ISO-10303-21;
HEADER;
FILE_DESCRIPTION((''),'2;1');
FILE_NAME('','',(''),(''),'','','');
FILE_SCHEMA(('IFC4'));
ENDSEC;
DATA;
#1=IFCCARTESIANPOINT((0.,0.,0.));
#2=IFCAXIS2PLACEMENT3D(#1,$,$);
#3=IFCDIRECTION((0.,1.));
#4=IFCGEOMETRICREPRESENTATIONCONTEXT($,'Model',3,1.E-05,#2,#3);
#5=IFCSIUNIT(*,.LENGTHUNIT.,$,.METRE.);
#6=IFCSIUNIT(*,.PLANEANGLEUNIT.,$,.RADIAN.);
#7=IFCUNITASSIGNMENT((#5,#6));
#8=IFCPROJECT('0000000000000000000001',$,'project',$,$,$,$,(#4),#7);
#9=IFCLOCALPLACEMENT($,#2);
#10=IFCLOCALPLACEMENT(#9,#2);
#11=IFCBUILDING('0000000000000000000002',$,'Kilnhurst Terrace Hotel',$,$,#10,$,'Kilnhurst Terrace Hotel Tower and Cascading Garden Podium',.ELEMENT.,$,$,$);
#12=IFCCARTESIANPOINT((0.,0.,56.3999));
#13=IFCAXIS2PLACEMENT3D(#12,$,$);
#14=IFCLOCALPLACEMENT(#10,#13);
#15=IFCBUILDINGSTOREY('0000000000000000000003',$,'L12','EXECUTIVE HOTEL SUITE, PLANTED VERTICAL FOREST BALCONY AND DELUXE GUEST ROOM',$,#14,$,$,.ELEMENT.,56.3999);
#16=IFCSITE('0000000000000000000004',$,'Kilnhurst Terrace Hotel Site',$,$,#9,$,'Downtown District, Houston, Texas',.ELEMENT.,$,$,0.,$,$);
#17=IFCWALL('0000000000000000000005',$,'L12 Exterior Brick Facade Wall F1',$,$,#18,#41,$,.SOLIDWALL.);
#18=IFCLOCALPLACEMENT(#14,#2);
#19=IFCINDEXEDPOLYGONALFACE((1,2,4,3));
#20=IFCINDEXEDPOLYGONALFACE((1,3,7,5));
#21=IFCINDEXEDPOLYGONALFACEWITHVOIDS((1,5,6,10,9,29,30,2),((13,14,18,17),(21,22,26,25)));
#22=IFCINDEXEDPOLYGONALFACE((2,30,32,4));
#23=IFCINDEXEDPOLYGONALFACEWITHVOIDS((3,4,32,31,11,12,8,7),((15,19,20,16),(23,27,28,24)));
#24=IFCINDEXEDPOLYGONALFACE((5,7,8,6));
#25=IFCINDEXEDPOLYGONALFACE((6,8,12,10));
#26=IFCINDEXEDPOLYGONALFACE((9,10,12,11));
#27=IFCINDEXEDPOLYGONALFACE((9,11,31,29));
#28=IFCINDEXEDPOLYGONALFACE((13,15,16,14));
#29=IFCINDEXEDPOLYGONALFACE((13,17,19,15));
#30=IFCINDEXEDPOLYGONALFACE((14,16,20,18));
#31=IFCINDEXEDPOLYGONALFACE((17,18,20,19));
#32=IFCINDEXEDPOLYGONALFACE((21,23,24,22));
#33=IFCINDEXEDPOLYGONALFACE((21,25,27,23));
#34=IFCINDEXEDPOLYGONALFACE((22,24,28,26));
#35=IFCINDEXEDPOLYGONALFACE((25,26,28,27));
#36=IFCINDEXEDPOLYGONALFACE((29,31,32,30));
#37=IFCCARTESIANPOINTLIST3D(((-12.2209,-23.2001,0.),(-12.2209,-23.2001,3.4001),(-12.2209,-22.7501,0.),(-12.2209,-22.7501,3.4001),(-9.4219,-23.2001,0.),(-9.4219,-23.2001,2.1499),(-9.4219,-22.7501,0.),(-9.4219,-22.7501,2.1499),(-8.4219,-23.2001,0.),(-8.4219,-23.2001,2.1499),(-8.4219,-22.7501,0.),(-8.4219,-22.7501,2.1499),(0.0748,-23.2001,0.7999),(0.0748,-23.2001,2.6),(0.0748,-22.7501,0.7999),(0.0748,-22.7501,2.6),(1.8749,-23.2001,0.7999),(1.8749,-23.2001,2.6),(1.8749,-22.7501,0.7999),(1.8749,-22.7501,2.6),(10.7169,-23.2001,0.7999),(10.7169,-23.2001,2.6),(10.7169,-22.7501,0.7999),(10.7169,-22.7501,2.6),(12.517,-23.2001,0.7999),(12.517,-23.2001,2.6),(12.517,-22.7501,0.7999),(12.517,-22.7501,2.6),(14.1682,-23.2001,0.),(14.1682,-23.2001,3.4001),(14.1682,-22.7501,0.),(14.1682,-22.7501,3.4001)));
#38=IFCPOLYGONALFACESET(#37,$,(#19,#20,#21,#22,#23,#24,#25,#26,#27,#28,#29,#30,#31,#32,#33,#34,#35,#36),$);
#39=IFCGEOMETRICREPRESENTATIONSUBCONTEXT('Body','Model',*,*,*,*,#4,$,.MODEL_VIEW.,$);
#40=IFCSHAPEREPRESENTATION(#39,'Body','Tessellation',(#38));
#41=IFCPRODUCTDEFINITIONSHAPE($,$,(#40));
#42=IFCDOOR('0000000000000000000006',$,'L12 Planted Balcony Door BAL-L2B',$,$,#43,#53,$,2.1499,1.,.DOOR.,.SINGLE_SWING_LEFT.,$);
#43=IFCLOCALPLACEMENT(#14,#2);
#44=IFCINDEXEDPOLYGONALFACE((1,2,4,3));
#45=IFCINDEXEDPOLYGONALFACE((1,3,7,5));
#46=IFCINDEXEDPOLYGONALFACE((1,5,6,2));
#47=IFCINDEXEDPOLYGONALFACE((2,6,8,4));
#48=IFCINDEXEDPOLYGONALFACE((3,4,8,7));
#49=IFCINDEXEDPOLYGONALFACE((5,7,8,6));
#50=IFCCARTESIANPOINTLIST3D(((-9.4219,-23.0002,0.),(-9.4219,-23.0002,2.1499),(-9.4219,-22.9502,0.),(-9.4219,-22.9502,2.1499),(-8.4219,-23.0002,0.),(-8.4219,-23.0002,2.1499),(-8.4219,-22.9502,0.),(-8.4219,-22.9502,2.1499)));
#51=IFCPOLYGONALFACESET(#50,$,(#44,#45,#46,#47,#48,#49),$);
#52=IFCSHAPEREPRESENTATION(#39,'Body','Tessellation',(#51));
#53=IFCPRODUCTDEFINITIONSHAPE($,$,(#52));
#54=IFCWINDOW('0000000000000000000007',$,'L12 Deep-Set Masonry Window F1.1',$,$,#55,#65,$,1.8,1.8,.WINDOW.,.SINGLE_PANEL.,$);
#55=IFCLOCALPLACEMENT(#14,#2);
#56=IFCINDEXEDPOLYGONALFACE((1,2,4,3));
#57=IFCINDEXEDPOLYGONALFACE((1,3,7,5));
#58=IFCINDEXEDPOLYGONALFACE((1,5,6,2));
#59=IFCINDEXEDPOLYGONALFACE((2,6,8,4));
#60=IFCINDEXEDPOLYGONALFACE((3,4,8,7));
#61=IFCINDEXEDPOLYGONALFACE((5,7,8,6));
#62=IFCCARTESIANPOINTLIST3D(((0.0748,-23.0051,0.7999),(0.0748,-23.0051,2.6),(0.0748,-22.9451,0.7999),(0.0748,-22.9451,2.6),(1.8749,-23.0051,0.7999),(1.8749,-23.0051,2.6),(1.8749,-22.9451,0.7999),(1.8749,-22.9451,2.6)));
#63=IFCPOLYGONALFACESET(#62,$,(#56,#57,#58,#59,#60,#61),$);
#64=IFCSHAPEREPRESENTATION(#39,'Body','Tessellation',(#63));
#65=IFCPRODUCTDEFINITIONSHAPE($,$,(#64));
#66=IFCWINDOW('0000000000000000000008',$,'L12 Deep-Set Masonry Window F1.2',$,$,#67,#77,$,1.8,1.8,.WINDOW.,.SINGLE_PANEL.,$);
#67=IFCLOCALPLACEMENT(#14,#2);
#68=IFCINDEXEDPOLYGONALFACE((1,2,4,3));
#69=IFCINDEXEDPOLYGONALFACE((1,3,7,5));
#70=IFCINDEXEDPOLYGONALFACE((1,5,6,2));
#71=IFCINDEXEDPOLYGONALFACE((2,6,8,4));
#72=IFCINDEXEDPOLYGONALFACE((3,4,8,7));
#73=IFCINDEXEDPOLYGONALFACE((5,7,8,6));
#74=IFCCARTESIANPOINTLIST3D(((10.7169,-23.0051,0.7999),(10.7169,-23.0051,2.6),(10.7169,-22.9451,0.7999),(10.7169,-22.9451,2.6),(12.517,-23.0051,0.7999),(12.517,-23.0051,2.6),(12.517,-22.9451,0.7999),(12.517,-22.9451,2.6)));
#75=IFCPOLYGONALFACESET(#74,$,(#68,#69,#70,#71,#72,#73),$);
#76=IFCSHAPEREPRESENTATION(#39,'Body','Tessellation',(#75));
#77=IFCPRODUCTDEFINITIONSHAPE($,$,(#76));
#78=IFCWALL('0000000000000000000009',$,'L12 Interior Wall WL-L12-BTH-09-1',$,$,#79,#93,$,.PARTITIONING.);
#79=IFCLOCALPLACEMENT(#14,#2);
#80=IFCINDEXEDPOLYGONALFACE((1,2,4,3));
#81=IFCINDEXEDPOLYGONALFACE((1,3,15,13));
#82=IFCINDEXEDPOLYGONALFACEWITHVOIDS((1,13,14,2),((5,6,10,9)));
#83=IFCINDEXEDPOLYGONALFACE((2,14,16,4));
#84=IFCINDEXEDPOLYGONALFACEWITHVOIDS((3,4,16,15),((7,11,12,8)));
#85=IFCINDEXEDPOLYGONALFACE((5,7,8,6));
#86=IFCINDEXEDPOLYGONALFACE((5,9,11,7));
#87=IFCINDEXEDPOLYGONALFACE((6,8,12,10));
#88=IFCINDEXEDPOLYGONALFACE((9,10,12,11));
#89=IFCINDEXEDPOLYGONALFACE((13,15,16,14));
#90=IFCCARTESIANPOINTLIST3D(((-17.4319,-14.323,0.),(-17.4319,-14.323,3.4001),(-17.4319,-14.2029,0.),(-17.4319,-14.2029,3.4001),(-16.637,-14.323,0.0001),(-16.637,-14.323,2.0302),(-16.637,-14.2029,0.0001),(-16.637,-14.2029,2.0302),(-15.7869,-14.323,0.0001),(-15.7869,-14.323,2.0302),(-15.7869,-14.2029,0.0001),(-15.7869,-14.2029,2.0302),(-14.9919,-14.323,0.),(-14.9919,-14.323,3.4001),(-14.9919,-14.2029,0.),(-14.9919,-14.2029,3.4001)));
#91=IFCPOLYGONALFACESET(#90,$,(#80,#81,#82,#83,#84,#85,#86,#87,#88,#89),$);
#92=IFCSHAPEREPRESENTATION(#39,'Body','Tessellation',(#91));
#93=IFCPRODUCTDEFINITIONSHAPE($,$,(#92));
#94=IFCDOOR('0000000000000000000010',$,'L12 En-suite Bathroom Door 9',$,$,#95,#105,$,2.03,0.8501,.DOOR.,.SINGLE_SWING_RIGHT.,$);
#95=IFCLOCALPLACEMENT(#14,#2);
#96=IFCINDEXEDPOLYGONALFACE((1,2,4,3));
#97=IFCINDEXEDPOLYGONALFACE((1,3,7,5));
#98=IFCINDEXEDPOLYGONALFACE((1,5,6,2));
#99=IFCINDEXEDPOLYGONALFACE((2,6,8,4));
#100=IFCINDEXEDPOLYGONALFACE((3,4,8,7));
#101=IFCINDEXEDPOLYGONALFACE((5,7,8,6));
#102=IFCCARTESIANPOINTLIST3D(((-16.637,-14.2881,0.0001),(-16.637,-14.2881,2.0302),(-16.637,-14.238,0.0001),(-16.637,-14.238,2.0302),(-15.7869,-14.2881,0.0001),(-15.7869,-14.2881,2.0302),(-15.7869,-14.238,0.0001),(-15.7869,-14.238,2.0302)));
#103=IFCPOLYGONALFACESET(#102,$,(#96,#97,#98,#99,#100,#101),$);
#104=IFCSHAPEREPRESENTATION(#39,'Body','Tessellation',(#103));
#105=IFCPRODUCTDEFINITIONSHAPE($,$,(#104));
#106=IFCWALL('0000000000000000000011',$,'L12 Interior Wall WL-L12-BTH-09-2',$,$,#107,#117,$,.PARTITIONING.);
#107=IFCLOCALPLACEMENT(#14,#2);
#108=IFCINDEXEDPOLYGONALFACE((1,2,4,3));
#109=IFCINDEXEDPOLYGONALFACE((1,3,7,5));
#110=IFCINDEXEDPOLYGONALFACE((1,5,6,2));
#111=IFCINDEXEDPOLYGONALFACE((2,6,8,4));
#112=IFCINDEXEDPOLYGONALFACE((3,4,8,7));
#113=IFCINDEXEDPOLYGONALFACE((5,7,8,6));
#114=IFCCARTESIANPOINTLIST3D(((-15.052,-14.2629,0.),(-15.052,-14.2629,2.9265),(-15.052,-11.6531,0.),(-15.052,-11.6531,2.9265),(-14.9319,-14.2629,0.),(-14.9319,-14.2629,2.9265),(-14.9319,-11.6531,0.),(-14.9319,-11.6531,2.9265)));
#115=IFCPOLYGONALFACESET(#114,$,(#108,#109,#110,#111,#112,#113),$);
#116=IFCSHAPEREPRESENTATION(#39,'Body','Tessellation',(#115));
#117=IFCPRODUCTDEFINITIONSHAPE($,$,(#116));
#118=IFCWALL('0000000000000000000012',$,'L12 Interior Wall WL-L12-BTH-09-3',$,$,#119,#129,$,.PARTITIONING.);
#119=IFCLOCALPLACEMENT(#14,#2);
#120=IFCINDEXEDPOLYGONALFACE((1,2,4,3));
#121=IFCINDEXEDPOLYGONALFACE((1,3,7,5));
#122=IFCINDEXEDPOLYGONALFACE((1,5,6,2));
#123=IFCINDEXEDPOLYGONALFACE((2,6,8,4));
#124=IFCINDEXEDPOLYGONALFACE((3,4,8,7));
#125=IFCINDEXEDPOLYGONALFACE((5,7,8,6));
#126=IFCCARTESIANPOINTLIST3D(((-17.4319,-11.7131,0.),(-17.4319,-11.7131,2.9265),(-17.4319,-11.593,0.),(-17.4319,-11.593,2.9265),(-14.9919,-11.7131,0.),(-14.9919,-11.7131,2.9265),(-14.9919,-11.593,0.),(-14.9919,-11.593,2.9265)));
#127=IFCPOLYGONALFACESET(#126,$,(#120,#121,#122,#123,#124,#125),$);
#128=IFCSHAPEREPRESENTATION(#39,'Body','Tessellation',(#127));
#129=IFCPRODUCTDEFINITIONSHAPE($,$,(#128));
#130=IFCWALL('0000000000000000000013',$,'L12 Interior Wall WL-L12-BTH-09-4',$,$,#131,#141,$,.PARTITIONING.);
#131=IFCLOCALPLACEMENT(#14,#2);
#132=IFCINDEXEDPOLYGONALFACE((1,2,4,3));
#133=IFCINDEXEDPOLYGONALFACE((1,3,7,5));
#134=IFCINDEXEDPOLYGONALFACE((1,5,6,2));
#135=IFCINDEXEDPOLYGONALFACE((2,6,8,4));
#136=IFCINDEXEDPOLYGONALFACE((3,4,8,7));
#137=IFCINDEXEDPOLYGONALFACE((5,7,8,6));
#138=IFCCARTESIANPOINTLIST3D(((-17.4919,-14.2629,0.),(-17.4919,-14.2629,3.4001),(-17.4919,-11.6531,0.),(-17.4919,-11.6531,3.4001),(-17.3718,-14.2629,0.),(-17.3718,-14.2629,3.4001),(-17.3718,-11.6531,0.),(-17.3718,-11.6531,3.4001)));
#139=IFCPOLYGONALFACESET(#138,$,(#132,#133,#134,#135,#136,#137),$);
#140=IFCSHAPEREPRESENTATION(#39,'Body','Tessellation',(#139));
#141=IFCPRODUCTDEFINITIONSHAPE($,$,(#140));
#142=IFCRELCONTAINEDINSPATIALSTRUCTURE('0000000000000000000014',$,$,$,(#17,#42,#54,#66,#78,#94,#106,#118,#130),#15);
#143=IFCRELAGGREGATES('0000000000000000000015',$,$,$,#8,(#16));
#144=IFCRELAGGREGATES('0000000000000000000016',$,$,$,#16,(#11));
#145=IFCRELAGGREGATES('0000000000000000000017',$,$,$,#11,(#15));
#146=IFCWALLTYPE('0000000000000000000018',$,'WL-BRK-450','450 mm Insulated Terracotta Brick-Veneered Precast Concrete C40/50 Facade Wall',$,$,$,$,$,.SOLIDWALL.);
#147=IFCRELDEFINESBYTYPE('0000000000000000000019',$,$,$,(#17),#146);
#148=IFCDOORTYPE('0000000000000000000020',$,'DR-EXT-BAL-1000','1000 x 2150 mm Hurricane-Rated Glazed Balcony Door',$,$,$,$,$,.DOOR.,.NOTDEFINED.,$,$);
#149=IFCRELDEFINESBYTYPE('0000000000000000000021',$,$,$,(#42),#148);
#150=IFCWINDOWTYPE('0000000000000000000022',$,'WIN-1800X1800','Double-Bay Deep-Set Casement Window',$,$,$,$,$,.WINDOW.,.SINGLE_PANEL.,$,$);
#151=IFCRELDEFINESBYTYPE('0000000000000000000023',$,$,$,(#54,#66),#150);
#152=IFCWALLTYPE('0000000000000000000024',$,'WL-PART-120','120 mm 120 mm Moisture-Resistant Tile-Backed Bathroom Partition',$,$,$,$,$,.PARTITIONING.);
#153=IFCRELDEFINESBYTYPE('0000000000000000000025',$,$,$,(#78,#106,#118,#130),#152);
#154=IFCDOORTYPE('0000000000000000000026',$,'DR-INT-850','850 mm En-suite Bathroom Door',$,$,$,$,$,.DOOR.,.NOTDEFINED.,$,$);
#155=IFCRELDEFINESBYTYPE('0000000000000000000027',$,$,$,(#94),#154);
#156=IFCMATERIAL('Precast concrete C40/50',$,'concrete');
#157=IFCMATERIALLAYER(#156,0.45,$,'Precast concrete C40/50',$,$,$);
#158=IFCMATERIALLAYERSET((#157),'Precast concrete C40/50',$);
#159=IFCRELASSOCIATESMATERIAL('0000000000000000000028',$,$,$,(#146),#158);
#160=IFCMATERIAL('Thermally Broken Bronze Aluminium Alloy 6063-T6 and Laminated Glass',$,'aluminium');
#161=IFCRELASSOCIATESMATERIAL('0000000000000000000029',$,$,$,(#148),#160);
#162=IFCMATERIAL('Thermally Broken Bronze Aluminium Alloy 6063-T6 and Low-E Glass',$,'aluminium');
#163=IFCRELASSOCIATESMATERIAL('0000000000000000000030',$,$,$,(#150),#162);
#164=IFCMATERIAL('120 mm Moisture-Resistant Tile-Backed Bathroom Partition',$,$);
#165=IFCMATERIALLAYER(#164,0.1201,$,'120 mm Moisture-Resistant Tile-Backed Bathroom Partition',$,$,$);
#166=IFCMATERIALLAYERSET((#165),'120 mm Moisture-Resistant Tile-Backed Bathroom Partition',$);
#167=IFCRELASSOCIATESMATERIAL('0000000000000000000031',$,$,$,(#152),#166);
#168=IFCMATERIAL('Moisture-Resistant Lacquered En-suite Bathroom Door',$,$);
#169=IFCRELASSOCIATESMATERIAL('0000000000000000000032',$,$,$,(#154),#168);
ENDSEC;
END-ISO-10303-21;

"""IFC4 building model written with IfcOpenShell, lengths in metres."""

from ifc_helpers import new_model, si_unit, direction, frame, frame_2d, origin, place, context, subcontext, project, spatial, rectangle, extrude, material, layer, layer_set, type_object, element, fill, save


model = new_model("IFC4")

# Units and contexts
model_context = context("Model", 3, precision=1e-05, world=origin(), true_north=direction((0.0, 1.0)))
body_context = subcontext(model_context, "Body", "Model", "MODEL_VIEW")
ifc_project = project(units=[si_unit("LENGTHUNIT", "METRE"), si_unit("PLANEANGLEUNIT", "RADIAN")], contexts=[model_context])

# Site, building, storey
site_placement = place(None, origin())
site = spatial("IfcSite", under=ifc_project, at=site_placement, Name="Kilnhurst Terrace Hotel Site", LongName="Downtown District, Houston, Texas", CompositionType="ELEMENT", RefElevation=0.0)
building_placement = place(site_placement, origin())
building = spatial("IfcBuilding", under=site, at=building_placement, Name="Kilnhurst Terrace Hotel", LongName="Kilnhurst Terrace Hotel Tower and Cascading Garden Podium", CompositionType="ELEMENT")
storey_placement = place(building_placement, frame((0.0, 0.0, 56.3999)))
storey = spatial("IfcBuildingStorey", under=building, at=storey_placement, Name="L12", Description="EXECUTIVE HOTEL SUITE, PLANTED VERTICAL FOREST BALCONY AND DELUXE GUEST ROOM", CompositionType="ELEMENT", Elevation=56.3999)

# Shared definitions
ifc_material_1 = material(Name="Precast concrete C40/50", Category="concrete")
ifc_layer_1 = layer(ifc_material_1, 0.45, Name="Precast concrete C40/50")
ifc_layer_set_1 = layer_set([ifc_layer_1], Name="Precast concrete C40/50")
wall_type_1 = type_object("IfcWallType", Name="WL-BRK-450", Description="450 mm Insulated Terracotta Brick-Veneered Precast Concrete C40/50 Facade Wall", PredefinedType="SOLIDWALL", material=ifc_layer_set_1)

# Wall, openings, door, windows
wall_1_placement = place(storey_placement, frame((-12.2209, -22.9751, 0.0), z_axis=(0.0, 0.0, 1.0), x_axis=(1.0, 0.0, 0.0)))
wall_1 = element("IfcWall", 1, at=wall_1_placement, inside=storey, type_object=wall_type_1, Name="L12 Exterior Brick Facade Wall F1", PredefinedType="SOLIDWALL", context=body_context, shape_type="SweptSolid", body=[
    extrude(rectangle(XDim=26.3892, YDim=0.45, at=frame_2d((13.1946, 0.0))), origin(), (0.0, 0.0, 1.0), 3.4001),
])
opening_1_placement = place(wall_1_placement, frame((2.7991, 0.0, 0.0)))
opening_1 = element("IfcOpeningElement", 2, at=opening_1_placement, cuts=wall_1, PredefinedType="OPENING", context=body_context, shape_type="SweptSolid", body=[
    extrude(rectangle(XDim=1.0, YDim=2.1499, at=frame_2d((0.5, 1.075))), frame((0.0, 0.2349, 0.0), z_axis=(0.0, -1.0, 0.0), x_axis=(1.0, 0.0, 0.0)), (0.0, 0.0, 1.0), 0.47),
])
opening_2_placement = place(wall_1_placement, frame((12.2959, 0.0, 0.8)))
opening_2 = element("IfcOpeningElement", 3, at=opening_2_placement, cuts=wall_1, PredefinedType="OPENING", context=body_context, shape_type="SweptSolid", body=[
    extrude(rectangle(XDim=1.8, YDim=1.8, at=frame_2d((0.8999, 0.8999))), frame((0.0, 0.2349, 0.0), z_axis=(0.0, -1.0, 0.0), x_axis=(1.0, 0.0, 0.0)), (0.0, 0.0, 1.0), 0.47),
])
opening_3_placement = place(wall_1_placement, frame((22.938, 0.0, 0.8)))
opening_3 = element("IfcOpeningElement", 4, at=opening_3_placement, cuts=wall_1, PredefinedType="OPENING", context=body_context, shape_type="SweptSolid", body=[
    extrude(rectangle(XDim=1.8, YDim=1.8, at=frame_2d((0.8999, 0.8999))), frame((0.0, 0.2349, 0.0), z_axis=(0.0, -1.0, 0.0), x_axis=(1.0, 0.0, 0.0)), (0.0, 0.0, 1.0), 0.47),
])
ifc_material_2 = material(Name="Thermally Broken Bronze Aluminium Alloy 6063-T6 and Laminated Glass", Category="aluminium")
door_type_1 = type_object("IfcDoorType", Name="DR-EXT-BAL-1000", Description="1000 x 2150 mm Hurricane-Rated Glazed Balcony Door", OperationType="NOTDEFINED", PredefinedType="DOOR", material=ifc_material_2)
door_1_placement = place(opening_1_placement, origin())
door_1 = element("IfcDoor", 5, at=door_1_placement, inside=storey, type_object=door_type_1, Name="L12 Planted Balcony Door BAL-L2B", OperationType="SINGLE_SWING_LEFT", OverallHeight=2.1499, OverallWidth=1.0, PredefinedType="DOOR", context=body_context, shape_type="SweptSolid", body=[
    extrude(rectangle(XDim=1.0, YDim=2.1499, at=frame_2d((0.5, 1.075))), frame((0.0, 0.0249, 0.0), z_axis=(0.0, -1.0, 0.0), x_axis=(1.0, 0.0, 0.0)), (0.0, 0.0, 1.0), 0.05),
])
fill(opening_1, door_1)
ifc_material_3 = material(Name="Thermally Broken Bronze Aluminium Alloy 6063-T6 and Low-E Glass", Category="aluminium")
window_type = type_object("IfcWindowType", Name="WIN-1800X1800", Description="Double-Bay Deep-Set Casement Window", PartitioningType="SINGLE_PANEL", PredefinedType="WINDOW", material=ifc_material_3)
window_1_placement = place(opening_2_placement, origin())
window_1 = element("IfcWindow", 6, at=window_1_placement, inside=storey, type_object=window_type, Name="L12 Deep-Set Masonry Window F1.1", OverallHeight=1.8, OverallWidth=1.8, PartitioningType="SINGLE_PANEL", PredefinedType="WINDOW", context=body_context, shape_type="SweptSolid", body=[
    extrude(rectangle(XDim=1.8, YDim=1.8, at=frame_2d((0.8999, 0.8999))), frame((0.0, 0.03, 0.0), z_axis=(0.0, -1.0, 0.0), x_axis=(1.0, 0.0, 0.0)), (0.0, 0.0, 1.0), 0.0601),
])
fill(opening_2, window_1)
window_2_placement = place(opening_3_placement, origin())
window_2 = element("IfcWindow", 7, at=window_2_placement, inside=storey, type_object=window_type, Name="L12 Deep-Set Masonry Window F1.2", OverallHeight=1.8, OverallWidth=1.8, PartitioningType="SINGLE_PANEL", PredefinedType="WINDOW", context=body_context, shape_type="SweptSolid", body=[
    extrude(rectangle(XDim=1.8, YDim=1.8, at=frame_2d((0.8999, 0.8999))), frame((0.0, 0.03, 0.0), z_axis=(0.0, -1.0, 0.0), x_axis=(1.0, 0.0, 0.0)), (0.0, 0.0, 1.0), 0.0601),
])
fill(opening_3, window_2)

# Wall, opening, door
ifc_material_4 = material(Name="120 mm Moisture-Resistant Tile-Backed Bathroom Partition")
ifc_layer_2 = layer(ifc_material_4, 0.1201, Name="120 mm Moisture-Resistant Tile-Backed Bathroom Partition")
ifc_layer_set_2 = layer_set([ifc_layer_2], Name="120 mm Moisture-Resistant Tile-Backed Bathroom Partition")
wall_type_2 = type_object("IfcWallType", Name="WL-PART-120", Description="120 mm 120 mm Moisture-Resistant Tile-Backed Bathroom Partition", PredefinedType="PARTITIONING", material=ifc_layer_set_2)
wall_2_placement = place(storey_placement, frame((-17.4319, -14.2629, 0.0), z_axis=(0.0, 0.0, 1.0), x_axis=(1.0, 0.0, 0.0)))
wall_2 = element("IfcWall", 8, at=wall_2_placement, inside=storey, type_object=wall_type_2, Name="L12 Interior Wall WL-L12-BTH-09-1", PredefinedType="PARTITIONING", context=body_context, shape_type="SweptSolid", body=[
    extrude(rectangle(XDim=2.4399, YDim=0.1201, at=frame_2d((1.22, 0.0))), origin(), (0.0, 0.0, 1.0), 3.4001),
])
opening_4_placement = place(wall_2_placement, frame((0.7949, 0.0, 0.0)))
opening_4 = element("IfcOpeningElement", 9, at=opening_4_placement, cuts=wall_2, PredefinedType="OPENING", context=body_context, shape_type="SweptSolid", body=[
    extrude(rectangle(XDim=0.8501, YDim=2.03, at=frame_2d((0.425, 1.0151))), frame((0.0, 0.0701, 0.0), z_axis=(0.0, -1.0, 0.0), x_axis=(1.0, 0.0, 0.0)), (0.0, 0.0, 1.0), 0.1401),
])
ifc_material_5 = material(Name="Moisture-Resistant Lacquered En-suite Bathroom Door")
door_type_2 = type_object("IfcDoorType", Name="DR-INT-850", Description="850 mm En-suite Bathroom Door", OperationType="NOTDEFINED", PredefinedType="DOOR", material=ifc_material_5)
door_2_placement = place(opening_4_placement, origin())
door_2 = element("IfcDoor", 10, at=door_2_placement, inside=storey, type_object=door_type_2, Name="L12 En-suite Bathroom Door 9", OperationType="SINGLE_SWING_RIGHT", OverallHeight=2.03, OverallWidth=0.8501, PredefinedType="DOOR", context=body_context, shape_type="SweptSolid", body=[
    extrude(rectangle(XDim=0.8501, YDim=2.03, at=frame_2d((0.425, 1.0151))), frame((0.0, 0.0249, 0.0), z_axis=(0.0, -1.0, 0.0), x_axis=(1.0, 0.0, 0.0)), (0.0, 0.0, 1.0), 0.05),
])
fill(opening_4, door_2)

# Walls
wall_3_placement = place(storey_placement, frame((-14.9919, -14.2629, 0.0), z_axis=(0.0, 0.0, 1.0), x_axis=(0.0, 1.0, 0.0)))
element("IfcWall", 11, at=wall_3_placement, inside=storey, type_object=wall_type_2, Name="L12 Interior Wall WL-L12-BTH-09-2", PredefinedType="PARTITIONING", context=body_context, shape_type="SweptSolid", body=[
    extrude(rectangle(XDim=2.6099, YDim=0.1201, at=frame_2d((1.3049, 0.0))), origin(), (0.0, 0.0, 1.0), 2.9265),
])
wall_4_placement = place(storey_placement, frame((-14.9919, -11.6531, 0.0), z_axis=(0.0, 0.0, 1.0), x_axis=(-1.0, 0.0, 0.0)))
element("IfcWall", 12, at=wall_4_placement, inside=storey, type_object=wall_type_2, Name="L12 Interior Wall WL-L12-BTH-09-3", PredefinedType="PARTITIONING", context=body_context, shape_type="SweptSolid", body=[
    extrude(rectangle(XDim=2.4399, YDim=0.1201, at=frame_2d((1.22, 0.0))), origin(), (0.0, 0.0, 1.0), 2.9265),
])
wall_5_placement = place(storey_placement, frame((-17.4319, -11.6531, 0.0), z_axis=(0.0, 0.0, 1.0), x_axis=(0.0, -1.0, 0.0)))
element("IfcWall", 13, at=wall_5_placement, inside=storey, type_object=wall_type_2, Name="L12 Interior Wall WL-L12-BTH-09-4", PredefinedType="PARTITIONING", context=body_context, shape_type="SweptSolid", body=[
    extrude(rectangle(XDim=2.6099, YDim=0.1201, at=frame_2d((1.3049, 0.0))), origin(), (0.0, 0.0, 1.0), 3.4001),
])

save(model, "model.ifc")
